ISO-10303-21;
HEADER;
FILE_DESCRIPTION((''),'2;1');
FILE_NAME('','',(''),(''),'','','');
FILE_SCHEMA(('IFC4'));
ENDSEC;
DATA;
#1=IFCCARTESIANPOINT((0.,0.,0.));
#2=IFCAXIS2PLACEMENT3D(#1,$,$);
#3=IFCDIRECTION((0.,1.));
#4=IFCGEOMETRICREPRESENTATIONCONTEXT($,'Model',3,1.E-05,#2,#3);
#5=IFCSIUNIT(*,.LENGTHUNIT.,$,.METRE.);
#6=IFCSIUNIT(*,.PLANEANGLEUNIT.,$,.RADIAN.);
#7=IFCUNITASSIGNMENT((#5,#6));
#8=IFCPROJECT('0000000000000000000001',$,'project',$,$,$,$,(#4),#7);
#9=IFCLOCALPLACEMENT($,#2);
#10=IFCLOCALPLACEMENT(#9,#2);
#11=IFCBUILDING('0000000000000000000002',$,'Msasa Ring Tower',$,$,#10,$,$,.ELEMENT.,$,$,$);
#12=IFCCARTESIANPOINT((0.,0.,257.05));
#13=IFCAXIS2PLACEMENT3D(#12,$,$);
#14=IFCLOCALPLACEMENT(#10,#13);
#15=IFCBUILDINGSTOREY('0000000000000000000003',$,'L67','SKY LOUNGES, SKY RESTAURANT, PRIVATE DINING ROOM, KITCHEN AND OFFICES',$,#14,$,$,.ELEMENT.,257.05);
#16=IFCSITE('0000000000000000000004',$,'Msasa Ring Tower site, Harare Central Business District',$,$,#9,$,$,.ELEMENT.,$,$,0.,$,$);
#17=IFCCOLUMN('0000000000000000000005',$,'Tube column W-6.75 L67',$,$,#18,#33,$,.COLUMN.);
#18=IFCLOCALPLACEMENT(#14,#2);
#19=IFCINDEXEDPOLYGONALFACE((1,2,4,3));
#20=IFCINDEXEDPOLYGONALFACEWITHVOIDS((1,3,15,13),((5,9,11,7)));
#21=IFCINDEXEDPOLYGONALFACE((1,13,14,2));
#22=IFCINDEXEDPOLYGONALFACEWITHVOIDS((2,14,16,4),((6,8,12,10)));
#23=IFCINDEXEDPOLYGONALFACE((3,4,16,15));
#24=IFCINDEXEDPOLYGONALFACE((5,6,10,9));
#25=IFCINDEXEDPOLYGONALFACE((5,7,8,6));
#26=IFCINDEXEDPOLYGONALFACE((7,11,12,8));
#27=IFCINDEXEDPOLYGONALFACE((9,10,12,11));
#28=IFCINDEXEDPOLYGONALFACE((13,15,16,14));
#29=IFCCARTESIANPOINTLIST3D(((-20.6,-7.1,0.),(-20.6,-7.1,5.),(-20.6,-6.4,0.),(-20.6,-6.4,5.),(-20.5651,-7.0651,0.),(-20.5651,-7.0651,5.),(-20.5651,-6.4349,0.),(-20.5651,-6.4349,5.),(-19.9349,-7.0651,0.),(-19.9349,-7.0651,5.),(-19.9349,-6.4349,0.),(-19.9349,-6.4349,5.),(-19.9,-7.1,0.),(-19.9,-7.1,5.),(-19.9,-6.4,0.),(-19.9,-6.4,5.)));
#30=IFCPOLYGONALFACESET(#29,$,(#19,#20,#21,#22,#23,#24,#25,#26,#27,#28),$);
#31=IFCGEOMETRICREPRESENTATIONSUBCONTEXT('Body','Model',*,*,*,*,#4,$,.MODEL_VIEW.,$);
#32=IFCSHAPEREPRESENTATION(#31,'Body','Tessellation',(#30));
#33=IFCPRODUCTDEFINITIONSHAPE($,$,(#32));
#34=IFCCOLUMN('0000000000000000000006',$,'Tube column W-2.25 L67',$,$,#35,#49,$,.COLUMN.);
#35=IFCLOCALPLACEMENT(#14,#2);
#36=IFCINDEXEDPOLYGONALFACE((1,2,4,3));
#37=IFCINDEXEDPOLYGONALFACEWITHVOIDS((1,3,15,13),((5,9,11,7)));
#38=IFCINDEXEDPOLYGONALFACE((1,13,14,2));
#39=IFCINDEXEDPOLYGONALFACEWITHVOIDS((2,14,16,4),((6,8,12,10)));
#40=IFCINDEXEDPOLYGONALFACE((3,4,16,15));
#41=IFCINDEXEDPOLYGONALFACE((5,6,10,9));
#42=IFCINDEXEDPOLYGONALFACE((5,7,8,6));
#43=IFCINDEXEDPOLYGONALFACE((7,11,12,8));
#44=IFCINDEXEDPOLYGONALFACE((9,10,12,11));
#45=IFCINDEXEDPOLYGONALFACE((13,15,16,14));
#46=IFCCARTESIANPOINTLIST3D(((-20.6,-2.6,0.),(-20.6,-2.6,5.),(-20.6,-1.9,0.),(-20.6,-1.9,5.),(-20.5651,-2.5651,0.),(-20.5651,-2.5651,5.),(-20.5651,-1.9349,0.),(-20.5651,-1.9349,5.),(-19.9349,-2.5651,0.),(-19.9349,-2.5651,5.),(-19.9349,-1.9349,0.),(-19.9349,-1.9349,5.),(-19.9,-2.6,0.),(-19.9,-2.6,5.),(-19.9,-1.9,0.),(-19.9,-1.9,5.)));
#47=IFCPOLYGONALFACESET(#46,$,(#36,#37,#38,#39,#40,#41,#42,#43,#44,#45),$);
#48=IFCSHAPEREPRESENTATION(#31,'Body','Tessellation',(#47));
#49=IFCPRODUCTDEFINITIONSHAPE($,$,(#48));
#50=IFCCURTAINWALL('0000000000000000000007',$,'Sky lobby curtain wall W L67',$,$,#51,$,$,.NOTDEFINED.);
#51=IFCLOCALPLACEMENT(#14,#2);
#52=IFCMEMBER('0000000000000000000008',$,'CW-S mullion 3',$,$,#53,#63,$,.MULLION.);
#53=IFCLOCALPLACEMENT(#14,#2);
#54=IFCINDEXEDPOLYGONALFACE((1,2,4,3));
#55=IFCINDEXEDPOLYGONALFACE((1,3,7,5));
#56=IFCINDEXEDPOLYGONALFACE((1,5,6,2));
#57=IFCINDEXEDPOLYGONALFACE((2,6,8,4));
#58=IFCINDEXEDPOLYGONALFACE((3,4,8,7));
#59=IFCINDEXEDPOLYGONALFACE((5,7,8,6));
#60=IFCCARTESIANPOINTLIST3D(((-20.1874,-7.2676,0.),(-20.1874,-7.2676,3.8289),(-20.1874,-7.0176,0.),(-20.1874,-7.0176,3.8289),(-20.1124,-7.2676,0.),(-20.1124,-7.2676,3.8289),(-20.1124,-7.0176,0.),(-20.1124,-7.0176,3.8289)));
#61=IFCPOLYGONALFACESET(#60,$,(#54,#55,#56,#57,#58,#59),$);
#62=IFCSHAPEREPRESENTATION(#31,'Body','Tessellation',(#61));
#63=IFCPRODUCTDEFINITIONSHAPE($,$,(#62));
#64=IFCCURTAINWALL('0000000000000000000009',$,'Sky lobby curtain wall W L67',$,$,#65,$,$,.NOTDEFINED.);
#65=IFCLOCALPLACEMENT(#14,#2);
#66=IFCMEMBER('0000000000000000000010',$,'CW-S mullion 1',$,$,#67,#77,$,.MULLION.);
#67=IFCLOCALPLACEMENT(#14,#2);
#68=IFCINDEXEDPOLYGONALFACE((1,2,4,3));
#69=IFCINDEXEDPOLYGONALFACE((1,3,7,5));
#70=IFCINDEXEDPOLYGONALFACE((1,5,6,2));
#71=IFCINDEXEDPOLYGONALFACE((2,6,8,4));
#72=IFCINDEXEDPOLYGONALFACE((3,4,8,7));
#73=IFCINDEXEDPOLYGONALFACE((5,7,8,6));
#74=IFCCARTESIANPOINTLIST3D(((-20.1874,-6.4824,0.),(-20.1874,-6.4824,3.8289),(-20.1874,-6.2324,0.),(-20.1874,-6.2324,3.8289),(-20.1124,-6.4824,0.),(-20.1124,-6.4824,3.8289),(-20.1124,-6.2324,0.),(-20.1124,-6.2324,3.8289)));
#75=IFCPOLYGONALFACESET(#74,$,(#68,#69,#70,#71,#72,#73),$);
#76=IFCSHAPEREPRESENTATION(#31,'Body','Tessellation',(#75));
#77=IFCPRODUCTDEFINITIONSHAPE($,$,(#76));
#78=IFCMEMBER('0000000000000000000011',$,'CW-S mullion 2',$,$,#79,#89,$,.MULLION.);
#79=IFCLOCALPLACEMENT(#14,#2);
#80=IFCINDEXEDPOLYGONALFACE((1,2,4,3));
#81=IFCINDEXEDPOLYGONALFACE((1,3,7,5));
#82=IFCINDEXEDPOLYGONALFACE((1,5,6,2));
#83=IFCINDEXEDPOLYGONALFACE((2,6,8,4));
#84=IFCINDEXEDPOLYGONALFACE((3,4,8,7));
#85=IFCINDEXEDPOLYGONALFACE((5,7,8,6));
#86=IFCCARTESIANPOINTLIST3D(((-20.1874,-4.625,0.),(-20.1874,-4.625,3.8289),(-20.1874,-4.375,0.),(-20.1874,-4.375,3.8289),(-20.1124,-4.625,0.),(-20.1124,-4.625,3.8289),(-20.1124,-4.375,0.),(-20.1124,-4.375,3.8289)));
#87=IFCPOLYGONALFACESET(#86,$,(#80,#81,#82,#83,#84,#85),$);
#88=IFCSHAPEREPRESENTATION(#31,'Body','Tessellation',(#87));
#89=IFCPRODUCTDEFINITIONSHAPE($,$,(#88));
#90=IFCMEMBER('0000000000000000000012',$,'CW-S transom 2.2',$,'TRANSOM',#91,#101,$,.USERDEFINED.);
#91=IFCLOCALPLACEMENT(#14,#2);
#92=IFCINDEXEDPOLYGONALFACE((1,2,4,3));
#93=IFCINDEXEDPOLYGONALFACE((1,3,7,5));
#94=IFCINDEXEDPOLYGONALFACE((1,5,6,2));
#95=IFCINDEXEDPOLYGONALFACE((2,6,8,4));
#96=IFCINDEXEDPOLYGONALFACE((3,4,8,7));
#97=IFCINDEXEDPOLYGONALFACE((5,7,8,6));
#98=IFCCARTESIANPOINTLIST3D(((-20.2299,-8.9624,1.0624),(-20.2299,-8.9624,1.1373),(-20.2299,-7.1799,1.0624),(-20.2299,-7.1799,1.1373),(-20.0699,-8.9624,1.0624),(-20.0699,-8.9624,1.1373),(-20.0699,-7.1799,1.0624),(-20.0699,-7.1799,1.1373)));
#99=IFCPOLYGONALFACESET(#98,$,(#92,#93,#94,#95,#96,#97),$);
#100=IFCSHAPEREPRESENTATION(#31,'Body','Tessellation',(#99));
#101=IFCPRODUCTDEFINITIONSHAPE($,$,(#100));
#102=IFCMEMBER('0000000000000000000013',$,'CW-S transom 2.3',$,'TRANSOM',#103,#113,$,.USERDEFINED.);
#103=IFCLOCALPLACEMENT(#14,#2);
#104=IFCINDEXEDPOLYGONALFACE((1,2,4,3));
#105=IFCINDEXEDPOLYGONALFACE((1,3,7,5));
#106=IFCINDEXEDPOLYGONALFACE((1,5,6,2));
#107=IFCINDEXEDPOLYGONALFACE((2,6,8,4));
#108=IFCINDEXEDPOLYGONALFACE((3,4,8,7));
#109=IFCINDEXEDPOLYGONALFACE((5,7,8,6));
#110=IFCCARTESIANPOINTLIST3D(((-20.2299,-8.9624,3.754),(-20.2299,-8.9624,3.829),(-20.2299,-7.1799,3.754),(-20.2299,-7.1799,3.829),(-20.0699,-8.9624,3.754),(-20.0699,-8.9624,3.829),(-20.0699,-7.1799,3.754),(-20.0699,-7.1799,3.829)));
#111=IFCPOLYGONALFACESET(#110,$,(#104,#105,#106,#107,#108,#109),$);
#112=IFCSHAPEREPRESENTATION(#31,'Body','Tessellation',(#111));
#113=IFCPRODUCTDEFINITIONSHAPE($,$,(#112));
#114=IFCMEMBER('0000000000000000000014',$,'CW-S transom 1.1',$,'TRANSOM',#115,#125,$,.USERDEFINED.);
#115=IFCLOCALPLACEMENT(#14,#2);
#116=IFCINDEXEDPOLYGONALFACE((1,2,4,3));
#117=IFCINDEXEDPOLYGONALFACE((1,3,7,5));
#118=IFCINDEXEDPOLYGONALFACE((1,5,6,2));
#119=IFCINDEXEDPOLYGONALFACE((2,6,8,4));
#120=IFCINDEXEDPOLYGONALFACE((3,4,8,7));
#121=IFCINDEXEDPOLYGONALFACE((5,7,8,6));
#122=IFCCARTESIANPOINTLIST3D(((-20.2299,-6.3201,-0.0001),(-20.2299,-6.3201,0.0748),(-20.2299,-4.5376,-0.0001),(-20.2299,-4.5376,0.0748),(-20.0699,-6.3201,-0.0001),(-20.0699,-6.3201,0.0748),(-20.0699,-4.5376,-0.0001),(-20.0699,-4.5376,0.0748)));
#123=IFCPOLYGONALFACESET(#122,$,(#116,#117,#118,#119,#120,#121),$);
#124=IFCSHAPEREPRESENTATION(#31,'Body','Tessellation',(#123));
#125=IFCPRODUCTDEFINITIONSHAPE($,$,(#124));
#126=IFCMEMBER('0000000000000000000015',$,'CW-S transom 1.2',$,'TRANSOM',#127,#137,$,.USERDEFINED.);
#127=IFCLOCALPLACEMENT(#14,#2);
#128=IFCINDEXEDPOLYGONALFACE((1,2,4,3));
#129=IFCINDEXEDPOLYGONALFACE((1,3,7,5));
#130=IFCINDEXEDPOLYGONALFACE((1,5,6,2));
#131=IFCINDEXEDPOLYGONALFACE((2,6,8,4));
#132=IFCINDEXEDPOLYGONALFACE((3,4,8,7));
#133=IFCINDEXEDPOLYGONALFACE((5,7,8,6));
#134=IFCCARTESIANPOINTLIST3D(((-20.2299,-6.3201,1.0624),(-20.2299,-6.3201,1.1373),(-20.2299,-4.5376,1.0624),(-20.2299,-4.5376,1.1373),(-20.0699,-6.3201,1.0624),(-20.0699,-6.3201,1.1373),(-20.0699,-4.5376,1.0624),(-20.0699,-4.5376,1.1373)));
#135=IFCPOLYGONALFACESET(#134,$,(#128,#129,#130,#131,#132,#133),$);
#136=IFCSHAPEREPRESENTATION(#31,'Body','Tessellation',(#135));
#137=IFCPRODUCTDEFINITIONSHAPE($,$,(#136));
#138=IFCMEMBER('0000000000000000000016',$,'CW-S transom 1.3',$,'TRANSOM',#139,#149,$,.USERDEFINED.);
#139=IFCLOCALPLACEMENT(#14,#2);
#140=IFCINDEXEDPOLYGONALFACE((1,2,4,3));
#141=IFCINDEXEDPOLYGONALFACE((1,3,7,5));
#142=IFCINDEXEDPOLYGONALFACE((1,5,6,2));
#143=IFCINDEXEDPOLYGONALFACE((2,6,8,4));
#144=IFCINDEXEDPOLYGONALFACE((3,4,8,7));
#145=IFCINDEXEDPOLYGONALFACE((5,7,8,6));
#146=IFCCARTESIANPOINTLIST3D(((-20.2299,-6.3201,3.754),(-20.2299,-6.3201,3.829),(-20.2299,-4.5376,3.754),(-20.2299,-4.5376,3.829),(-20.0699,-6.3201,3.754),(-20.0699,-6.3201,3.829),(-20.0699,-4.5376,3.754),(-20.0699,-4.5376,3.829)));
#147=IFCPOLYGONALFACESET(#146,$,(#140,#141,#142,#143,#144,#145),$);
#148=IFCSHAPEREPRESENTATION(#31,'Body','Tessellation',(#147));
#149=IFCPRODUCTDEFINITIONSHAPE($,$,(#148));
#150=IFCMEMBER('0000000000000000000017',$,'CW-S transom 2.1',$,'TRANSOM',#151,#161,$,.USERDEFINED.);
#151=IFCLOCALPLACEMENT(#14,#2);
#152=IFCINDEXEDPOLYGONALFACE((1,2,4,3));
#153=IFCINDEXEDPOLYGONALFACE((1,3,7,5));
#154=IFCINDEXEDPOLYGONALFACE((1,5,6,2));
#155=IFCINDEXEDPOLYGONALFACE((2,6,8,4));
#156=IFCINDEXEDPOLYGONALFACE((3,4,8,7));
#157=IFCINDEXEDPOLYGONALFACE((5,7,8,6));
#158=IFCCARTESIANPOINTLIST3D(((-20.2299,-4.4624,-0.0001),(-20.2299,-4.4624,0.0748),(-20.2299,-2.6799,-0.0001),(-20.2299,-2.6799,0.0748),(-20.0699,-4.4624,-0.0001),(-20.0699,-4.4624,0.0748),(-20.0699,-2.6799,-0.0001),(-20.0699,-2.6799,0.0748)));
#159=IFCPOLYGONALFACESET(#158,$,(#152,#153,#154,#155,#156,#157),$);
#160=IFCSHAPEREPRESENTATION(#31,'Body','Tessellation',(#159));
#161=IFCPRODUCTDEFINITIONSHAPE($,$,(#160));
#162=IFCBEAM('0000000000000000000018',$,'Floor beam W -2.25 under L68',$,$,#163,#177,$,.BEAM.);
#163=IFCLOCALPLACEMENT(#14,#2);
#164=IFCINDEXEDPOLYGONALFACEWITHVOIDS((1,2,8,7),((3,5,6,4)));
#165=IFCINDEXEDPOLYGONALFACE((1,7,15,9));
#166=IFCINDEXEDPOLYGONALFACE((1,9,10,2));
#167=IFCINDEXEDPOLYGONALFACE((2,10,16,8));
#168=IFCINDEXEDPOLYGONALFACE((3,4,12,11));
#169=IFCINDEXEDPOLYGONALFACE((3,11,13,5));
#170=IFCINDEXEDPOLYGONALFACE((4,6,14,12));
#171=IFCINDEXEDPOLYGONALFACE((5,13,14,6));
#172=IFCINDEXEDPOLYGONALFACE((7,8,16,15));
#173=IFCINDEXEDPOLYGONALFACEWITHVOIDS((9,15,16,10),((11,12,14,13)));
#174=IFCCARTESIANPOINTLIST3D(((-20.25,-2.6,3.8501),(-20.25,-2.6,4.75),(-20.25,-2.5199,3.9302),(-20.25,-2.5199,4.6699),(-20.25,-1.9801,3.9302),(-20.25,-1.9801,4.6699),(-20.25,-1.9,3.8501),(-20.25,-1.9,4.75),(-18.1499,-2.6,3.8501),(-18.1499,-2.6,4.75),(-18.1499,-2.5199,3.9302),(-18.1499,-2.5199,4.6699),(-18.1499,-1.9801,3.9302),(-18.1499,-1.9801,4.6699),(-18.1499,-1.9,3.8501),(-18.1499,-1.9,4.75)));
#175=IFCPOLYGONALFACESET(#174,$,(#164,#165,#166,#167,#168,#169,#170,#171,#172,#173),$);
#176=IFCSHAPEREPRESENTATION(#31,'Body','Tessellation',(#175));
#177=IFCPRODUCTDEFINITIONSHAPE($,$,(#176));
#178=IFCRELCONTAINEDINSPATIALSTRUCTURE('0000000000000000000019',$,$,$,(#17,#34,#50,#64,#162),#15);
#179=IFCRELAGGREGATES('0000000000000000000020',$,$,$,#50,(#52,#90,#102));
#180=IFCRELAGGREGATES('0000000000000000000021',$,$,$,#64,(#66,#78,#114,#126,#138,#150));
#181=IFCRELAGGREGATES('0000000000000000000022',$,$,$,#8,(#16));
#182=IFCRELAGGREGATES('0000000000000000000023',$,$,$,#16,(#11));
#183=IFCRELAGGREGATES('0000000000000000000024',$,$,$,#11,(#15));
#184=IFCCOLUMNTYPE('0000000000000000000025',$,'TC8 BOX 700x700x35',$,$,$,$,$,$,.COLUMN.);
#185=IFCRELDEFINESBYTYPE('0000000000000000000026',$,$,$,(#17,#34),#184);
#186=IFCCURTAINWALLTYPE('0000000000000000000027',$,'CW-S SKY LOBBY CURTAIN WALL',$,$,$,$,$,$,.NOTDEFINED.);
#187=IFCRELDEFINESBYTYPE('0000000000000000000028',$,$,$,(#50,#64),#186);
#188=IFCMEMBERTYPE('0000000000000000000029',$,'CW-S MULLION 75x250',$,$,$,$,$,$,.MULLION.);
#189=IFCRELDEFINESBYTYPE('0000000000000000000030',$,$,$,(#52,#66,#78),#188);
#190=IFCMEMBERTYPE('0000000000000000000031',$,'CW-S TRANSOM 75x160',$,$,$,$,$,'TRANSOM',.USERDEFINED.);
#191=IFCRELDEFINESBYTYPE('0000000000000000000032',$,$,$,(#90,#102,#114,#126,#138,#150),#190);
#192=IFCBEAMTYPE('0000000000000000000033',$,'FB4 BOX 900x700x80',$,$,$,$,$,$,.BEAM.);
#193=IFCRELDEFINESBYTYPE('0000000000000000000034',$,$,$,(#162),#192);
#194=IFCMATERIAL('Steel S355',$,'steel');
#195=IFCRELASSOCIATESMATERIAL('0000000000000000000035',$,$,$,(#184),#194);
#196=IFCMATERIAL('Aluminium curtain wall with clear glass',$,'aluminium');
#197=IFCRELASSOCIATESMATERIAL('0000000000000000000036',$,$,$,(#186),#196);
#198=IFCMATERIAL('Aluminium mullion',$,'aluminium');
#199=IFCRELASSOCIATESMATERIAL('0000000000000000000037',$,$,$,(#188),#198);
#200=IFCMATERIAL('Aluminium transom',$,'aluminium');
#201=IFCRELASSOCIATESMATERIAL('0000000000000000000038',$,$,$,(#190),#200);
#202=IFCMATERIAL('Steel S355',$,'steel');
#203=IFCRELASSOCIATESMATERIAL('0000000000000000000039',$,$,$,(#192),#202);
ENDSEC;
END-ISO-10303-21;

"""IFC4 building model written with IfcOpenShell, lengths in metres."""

from ifc_helpers import new_model, si_unit, direction, frame, origin, origin_2d, place, context, subcontext, project, spatial, rectangle, hollow_rectangle, extrude, material, material_profile, profile_set, type_object, element, aggregate, save


model = new_model("IFC4")

# Units and contexts
model_context = context("Model", 3, precision=1e-05, world=origin(), true_north=direction((0.0, 1.0)))
body_context = subcontext(model_context, "Body", "Model", "MODEL_VIEW")
ifc_project = project(units=[si_unit("LENGTHUNIT", "METRE"), si_unit("PLANEANGLEUNIT", "RADIAN")], contexts=[model_context])

# Site, building, storey
site_placement = place(None, origin())
site = spatial("IfcSite", under=ifc_project, at=site_placement, Name="Msasa Ring Tower site, Harare Central Business District", CompositionType="ELEMENT", RefElevation=0.0)
building_placement = place(site_placement, origin())
building = spatial("IfcBuilding", under=site, at=building_placement, Name="Msasa Ring Tower", CompositionType="ELEMENT")
storey_placement = place(building_placement, frame((0.0, 0.0, 257.05)))
storey = spatial("IfcBuildingStorey", under=building, at=storey_placement, Name="L67", Description="SKY LOUNGES, SKY RESTAURANT, PRIVATE DINING ROOM, KITCHEN AND OFFICES", CompositionType="ELEMENT", Elevation=257.05)

# Columns
ifc_material_1 = material(Name="Steel S355", Category="steel")
ifc_material_profile_1 = material_profile(ifc_material_1, hollow_rectangle(XDim=0.7, YDim=0.7, WallThickness=0.0349, at=origin_2d()), Name="BOX 700x700x35")
ifc_profile_set_1 = profile_set([ifc_material_profile_1], Name="Steel S355")
column_type = type_object("IfcColumnType", Name="TC8 BOX 700x700x35", PredefinedType="COLUMN", material=ifc_profile_set_1)
for number, where, z_axis, x_axis, name in (
    (1, (-20.25, -6.75, 0.0), (0.0, 0.0, 1.0), (1.0, 0.0, 0.0), "Tube column W-6.75 L67"),
    (2, (-20.25, -2.25, 0.0), (0.0, 0.0, 1.0), (1.0, 0.0, 0.0), "Tube column W-2.25 L67"),
):
    element("IfcColumn", number, at=place(storey_placement, frame(where, z_axis=z_axis, x_axis=x_axis)), inside=storey, type_object=column_type, Name=name, PredefinedType="COLUMN", context=body_context, shape_type="SweptSolid", body=[
        extrude(hollow_rectangle(XDim=0.7, YDim=0.7, WallThickness=0.0349, at=origin_2d()), origin(), (0.0, 0.0, 1.0), 5.0),
    ])

# Curtain wall, member
ifc_material_2 = material(Name="Aluminium curtain wall with clear glass", Category="aluminium")
curtain_wall_type = type_object("IfcCurtainWallType", Name="CW-S SKY LOBBY CURTAIN WALL", PredefinedType="NOTDEFINED", material=ifc_material_2)
curtain_wall_1_placement = place(storey_placement, origin())
curtain_wall_1 = element("IfcCurtainWall", 3, at=curtain_wall_1_placement, inside=storey, type_object=curtain_wall_type, Name="Sky lobby curtain wall W L67", PredefinedType="NOTDEFINED")
ifc_material_3 = material(Name="Aluminium mullion", Category="aluminium")
ifc_material_profile_2 = material_profile(ifc_material_3, rectangle(XDim=0.075, YDim=0.25, at=origin_2d()), Name="AL 75x250")
ifc_profile_set_2 = profile_set([ifc_material_profile_2], Name="Aluminium mullion")
member_type_1 = type_object("IfcMemberType", Name="CW-S MULLION 75x250", PredefinedType="MULLION", material=ifc_profile_set_2)
member_1_placement = place(storey_placement, frame((-20.1499, -7.1426, 0.0), z_axis=(0.0, 0.0, 1.0), x_axis=(-1.0, 0.0, 0.0)))
member_1 = element("IfcMember", 4, at=member_1_placement, type_object=member_type_1, Name="CW-S mullion 3", PredefinedType="MULLION", context=body_context, shape_type="SweptSolid", body=[
    extrude(rectangle(XDim=0.075, YDim=0.25, at=origin_2d()), origin(), (0.0, 0.0, 1.0), 3.8289),
])

# Curtain wall, members
curtain_wall_2_placement = place(storey_placement, origin())
curtain_wall_2 = element("IfcCurtainWall", 5, at=curtain_wall_2_placement, inside=storey, type_object=curtain_wall_type, Name="Sky lobby curtain wall W L67", PredefinedType="NOTDEFINED")
member_2_placement = place(storey_placement, frame((-20.1499, -6.3574, 0.0), z_axis=(0.0, 0.0, 1.0), x_axis=(-1.0, 0.0, 0.0)))
member_2 = element("IfcMember", 6, at=member_2_placement, type_object=member_type_1, Name="CW-S mullion 1", PredefinedType="MULLION", context=body_context, shape_type="SweptSolid", body=[
    extrude(rectangle(XDim=0.075, YDim=0.25, at=origin_2d()), origin(), (0.0, 0.0, 1.0), 3.8289),
])
member_3_placement = place(storey_placement, frame((-20.1499, -4.5, 0.0), z_axis=(0.0, 0.0, 1.0), x_axis=(-1.0, 0.0, 0.0)))
member_3 = element("IfcMember", 7, at=member_3_placement, type_object=member_type_1, Name="CW-S mullion 2", PredefinedType="MULLION", context=body_context, shape_type="SweptSolid", body=[
    extrude(rectangle(XDim=0.075, YDim=0.25, at=origin_2d()), origin(), (0.0, 0.0, 1.0), 3.8289),
])

# Members
ifc_material_4 = material(Name="Aluminium transom", Category="aluminium")
ifc_material_profile_3 = material_profile(ifc_material_4, rectangle(XDim=0.1599, YDim=0.075, at=origin_2d()), Name="AL 75x160")
ifc_profile_set_3 = profile_set([ifc_material_profile_3], Name="Aluminium transom")
member_type_2 = type_object("IfcMemberType", Name="CW-S TRANSOM 75x160", ElementType="TRANSOM", PredefinedType="USERDEFINED", material=ifc_profile_set_3)
member_4_placement = place(storey_placement, frame((-20.1499, -8.9624, 1.0999), z_axis=(0.0, 1.0, 0.0), x_axis=(-1.0, 0.0, 0.0)))
member_4 = element("IfcMember", 8, at=member_4_placement, type_object=member_type_2, Name="CW-S transom 2.2", ObjectType="TRANSOM", PredefinedType="USERDEFINED", context=body_context, shape_type="SweptSolid", body=[
    extrude(rectangle(XDim=0.1599, YDim=0.075, at=origin_2d()), origin(), (0.0, 0.0, 1.0), 1.7825),
])
member_5_placement = place(storey_placement, frame((-20.1499, -8.9624, 3.7915), z_axis=(0.0, 1.0, 0.0), x_axis=(-1.0, 0.0, 0.0)))
member_5 = element("IfcMember", 9, at=member_5_placement, type_object=member_type_2, Name="CW-S transom 2.3", ObjectType="TRANSOM", PredefinedType="USERDEFINED", context=body_context, shape_type="SweptSolid", body=[
    extrude(rectangle(XDim=0.1599, YDim=0.075, at=origin_2d()), origin(), (0.0, 0.0, 1.0), 1.7825),
])
member_6_placement = place(storey_placement, frame((-20.1499, -6.3201, 0.0374), z_axis=(0.0, 1.0, 0.0), x_axis=(-1.0, 0.0, 0.0)))
member_6 = element("IfcMember", 10, at=member_6_placement, type_object=member_type_2, Name="CW-S transom 1.1", ObjectType="TRANSOM", PredefinedType="USERDEFINED", context=body_context, shape_type="SweptSolid", body=[
    extrude(rectangle(XDim=0.1599, YDim=0.075, at=origin_2d()), origin(), (0.0, 0.0, 1.0), 1.7825),
])
member_7_placement = place(storey_placement, frame((-20.1499, -6.3201, 1.0999), z_axis=(0.0, 1.0, 0.0), x_axis=(-1.0, 0.0, 0.0)))
member_7 = element("IfcMember", 11, at=member_7_placement, type_object=member_type_2, Name="CW-S transom 1.2", ObjectType="TRANSOM", PredefinedType="USERDEFINED", context=body_context, shape_type="SweptSolid", body=[
    extrude(rectangle(XDim=0.1599, YDim=0.075, at=origin_2d()), origin(), (0.0, 0.0, 1.0), 1.7825),
])
member_8_placement = place(storey_placement, frame((-20.1499, -6.3201, 3.7915), z_axis=(0.0, 1.0, 0.0), x_axis=(-1.0, 0.0, 0.0)))
member_8 = element("IfcMember", 12, at=member_8_placement, type_object=member_type_2, Name="CW-S transom 1.3", ObjectType="TRANSOM", PredefinedType="USERDEFINED", context=body_context, shape_type="SweptSolid", body=[
    extrude(rectangle(XDim=0.1599, YDim=0.075, at=origin_2d()), origin(), (0.0, 0.0, 1.0), 1.7825),
])
member_9_placement = place(storey_placement, frame((-20.1499, -4.4624, 0.0374), z_axis=(0.0, 1.0, 0.0), x_axis=(-1.0, 0.0, 0.0)))
member_9 = element("IfcMember", 13, at=member_9_placement, type_object=member_type_2, Name="CW-S transom 2.1", ObjectType="TRANSOM", PredefinedType="USERDEFINED", context=body_context, shape_type="SweptSolid", body=[
    extrude(rectangle(XDim=0.1599, YDim=0.075, at=origin_2d()), origin(), (0.0, 0.0, 1.0), 1.7825),
])

# Beam
ifc_material_5 = material(Name="Steel S355", Category="steel")
ifc_material_profile_4 = material_profile(ifc_material_5, hollow_rectangle(XDim=0.7, YDim=0.8999, WallThickness=0.0801, at=origin_2d()), Name="BOX 900x700x80")
ifc_profile_set_4 = profile_set([ifc_material_profile_4], Name="Steel S355")
beam_type_1 = type_object("IfcBeamType", Name="FB4 BOX 900x700x80", PredefinedType="BEAM", material=ifc_profile_set_4)
beam_placement = place(storey_placement, frame((-20.25, -2.25, 4.3), z_axis=(1.0, 0.0, 0.0), x_axis=(0.0, 1.0, 0.0)))
element("IfcBeam", 14, at=beam_placement, inside=storey, type_object=beam_type_1, Name="Floor beam W -2.25 under L68", PredefinedType="BEAM", context=body_context, shape_type="SweptSolid", body=[
    extrude(hollow_rectangle(XDim=0.7, YDim=0.8999, WallThickness=0.0801, at=origin_2d()), origin(), (0.0, 0.0, 1.0), 2.1001),
])

aggregate(curtain_wall_1, [member_1, member_4, member_5])
aggregate(curtain_wall_2, [member_2, member_3, member_6, member_7, member_8, member_9])

save(model, "model.ifc")
